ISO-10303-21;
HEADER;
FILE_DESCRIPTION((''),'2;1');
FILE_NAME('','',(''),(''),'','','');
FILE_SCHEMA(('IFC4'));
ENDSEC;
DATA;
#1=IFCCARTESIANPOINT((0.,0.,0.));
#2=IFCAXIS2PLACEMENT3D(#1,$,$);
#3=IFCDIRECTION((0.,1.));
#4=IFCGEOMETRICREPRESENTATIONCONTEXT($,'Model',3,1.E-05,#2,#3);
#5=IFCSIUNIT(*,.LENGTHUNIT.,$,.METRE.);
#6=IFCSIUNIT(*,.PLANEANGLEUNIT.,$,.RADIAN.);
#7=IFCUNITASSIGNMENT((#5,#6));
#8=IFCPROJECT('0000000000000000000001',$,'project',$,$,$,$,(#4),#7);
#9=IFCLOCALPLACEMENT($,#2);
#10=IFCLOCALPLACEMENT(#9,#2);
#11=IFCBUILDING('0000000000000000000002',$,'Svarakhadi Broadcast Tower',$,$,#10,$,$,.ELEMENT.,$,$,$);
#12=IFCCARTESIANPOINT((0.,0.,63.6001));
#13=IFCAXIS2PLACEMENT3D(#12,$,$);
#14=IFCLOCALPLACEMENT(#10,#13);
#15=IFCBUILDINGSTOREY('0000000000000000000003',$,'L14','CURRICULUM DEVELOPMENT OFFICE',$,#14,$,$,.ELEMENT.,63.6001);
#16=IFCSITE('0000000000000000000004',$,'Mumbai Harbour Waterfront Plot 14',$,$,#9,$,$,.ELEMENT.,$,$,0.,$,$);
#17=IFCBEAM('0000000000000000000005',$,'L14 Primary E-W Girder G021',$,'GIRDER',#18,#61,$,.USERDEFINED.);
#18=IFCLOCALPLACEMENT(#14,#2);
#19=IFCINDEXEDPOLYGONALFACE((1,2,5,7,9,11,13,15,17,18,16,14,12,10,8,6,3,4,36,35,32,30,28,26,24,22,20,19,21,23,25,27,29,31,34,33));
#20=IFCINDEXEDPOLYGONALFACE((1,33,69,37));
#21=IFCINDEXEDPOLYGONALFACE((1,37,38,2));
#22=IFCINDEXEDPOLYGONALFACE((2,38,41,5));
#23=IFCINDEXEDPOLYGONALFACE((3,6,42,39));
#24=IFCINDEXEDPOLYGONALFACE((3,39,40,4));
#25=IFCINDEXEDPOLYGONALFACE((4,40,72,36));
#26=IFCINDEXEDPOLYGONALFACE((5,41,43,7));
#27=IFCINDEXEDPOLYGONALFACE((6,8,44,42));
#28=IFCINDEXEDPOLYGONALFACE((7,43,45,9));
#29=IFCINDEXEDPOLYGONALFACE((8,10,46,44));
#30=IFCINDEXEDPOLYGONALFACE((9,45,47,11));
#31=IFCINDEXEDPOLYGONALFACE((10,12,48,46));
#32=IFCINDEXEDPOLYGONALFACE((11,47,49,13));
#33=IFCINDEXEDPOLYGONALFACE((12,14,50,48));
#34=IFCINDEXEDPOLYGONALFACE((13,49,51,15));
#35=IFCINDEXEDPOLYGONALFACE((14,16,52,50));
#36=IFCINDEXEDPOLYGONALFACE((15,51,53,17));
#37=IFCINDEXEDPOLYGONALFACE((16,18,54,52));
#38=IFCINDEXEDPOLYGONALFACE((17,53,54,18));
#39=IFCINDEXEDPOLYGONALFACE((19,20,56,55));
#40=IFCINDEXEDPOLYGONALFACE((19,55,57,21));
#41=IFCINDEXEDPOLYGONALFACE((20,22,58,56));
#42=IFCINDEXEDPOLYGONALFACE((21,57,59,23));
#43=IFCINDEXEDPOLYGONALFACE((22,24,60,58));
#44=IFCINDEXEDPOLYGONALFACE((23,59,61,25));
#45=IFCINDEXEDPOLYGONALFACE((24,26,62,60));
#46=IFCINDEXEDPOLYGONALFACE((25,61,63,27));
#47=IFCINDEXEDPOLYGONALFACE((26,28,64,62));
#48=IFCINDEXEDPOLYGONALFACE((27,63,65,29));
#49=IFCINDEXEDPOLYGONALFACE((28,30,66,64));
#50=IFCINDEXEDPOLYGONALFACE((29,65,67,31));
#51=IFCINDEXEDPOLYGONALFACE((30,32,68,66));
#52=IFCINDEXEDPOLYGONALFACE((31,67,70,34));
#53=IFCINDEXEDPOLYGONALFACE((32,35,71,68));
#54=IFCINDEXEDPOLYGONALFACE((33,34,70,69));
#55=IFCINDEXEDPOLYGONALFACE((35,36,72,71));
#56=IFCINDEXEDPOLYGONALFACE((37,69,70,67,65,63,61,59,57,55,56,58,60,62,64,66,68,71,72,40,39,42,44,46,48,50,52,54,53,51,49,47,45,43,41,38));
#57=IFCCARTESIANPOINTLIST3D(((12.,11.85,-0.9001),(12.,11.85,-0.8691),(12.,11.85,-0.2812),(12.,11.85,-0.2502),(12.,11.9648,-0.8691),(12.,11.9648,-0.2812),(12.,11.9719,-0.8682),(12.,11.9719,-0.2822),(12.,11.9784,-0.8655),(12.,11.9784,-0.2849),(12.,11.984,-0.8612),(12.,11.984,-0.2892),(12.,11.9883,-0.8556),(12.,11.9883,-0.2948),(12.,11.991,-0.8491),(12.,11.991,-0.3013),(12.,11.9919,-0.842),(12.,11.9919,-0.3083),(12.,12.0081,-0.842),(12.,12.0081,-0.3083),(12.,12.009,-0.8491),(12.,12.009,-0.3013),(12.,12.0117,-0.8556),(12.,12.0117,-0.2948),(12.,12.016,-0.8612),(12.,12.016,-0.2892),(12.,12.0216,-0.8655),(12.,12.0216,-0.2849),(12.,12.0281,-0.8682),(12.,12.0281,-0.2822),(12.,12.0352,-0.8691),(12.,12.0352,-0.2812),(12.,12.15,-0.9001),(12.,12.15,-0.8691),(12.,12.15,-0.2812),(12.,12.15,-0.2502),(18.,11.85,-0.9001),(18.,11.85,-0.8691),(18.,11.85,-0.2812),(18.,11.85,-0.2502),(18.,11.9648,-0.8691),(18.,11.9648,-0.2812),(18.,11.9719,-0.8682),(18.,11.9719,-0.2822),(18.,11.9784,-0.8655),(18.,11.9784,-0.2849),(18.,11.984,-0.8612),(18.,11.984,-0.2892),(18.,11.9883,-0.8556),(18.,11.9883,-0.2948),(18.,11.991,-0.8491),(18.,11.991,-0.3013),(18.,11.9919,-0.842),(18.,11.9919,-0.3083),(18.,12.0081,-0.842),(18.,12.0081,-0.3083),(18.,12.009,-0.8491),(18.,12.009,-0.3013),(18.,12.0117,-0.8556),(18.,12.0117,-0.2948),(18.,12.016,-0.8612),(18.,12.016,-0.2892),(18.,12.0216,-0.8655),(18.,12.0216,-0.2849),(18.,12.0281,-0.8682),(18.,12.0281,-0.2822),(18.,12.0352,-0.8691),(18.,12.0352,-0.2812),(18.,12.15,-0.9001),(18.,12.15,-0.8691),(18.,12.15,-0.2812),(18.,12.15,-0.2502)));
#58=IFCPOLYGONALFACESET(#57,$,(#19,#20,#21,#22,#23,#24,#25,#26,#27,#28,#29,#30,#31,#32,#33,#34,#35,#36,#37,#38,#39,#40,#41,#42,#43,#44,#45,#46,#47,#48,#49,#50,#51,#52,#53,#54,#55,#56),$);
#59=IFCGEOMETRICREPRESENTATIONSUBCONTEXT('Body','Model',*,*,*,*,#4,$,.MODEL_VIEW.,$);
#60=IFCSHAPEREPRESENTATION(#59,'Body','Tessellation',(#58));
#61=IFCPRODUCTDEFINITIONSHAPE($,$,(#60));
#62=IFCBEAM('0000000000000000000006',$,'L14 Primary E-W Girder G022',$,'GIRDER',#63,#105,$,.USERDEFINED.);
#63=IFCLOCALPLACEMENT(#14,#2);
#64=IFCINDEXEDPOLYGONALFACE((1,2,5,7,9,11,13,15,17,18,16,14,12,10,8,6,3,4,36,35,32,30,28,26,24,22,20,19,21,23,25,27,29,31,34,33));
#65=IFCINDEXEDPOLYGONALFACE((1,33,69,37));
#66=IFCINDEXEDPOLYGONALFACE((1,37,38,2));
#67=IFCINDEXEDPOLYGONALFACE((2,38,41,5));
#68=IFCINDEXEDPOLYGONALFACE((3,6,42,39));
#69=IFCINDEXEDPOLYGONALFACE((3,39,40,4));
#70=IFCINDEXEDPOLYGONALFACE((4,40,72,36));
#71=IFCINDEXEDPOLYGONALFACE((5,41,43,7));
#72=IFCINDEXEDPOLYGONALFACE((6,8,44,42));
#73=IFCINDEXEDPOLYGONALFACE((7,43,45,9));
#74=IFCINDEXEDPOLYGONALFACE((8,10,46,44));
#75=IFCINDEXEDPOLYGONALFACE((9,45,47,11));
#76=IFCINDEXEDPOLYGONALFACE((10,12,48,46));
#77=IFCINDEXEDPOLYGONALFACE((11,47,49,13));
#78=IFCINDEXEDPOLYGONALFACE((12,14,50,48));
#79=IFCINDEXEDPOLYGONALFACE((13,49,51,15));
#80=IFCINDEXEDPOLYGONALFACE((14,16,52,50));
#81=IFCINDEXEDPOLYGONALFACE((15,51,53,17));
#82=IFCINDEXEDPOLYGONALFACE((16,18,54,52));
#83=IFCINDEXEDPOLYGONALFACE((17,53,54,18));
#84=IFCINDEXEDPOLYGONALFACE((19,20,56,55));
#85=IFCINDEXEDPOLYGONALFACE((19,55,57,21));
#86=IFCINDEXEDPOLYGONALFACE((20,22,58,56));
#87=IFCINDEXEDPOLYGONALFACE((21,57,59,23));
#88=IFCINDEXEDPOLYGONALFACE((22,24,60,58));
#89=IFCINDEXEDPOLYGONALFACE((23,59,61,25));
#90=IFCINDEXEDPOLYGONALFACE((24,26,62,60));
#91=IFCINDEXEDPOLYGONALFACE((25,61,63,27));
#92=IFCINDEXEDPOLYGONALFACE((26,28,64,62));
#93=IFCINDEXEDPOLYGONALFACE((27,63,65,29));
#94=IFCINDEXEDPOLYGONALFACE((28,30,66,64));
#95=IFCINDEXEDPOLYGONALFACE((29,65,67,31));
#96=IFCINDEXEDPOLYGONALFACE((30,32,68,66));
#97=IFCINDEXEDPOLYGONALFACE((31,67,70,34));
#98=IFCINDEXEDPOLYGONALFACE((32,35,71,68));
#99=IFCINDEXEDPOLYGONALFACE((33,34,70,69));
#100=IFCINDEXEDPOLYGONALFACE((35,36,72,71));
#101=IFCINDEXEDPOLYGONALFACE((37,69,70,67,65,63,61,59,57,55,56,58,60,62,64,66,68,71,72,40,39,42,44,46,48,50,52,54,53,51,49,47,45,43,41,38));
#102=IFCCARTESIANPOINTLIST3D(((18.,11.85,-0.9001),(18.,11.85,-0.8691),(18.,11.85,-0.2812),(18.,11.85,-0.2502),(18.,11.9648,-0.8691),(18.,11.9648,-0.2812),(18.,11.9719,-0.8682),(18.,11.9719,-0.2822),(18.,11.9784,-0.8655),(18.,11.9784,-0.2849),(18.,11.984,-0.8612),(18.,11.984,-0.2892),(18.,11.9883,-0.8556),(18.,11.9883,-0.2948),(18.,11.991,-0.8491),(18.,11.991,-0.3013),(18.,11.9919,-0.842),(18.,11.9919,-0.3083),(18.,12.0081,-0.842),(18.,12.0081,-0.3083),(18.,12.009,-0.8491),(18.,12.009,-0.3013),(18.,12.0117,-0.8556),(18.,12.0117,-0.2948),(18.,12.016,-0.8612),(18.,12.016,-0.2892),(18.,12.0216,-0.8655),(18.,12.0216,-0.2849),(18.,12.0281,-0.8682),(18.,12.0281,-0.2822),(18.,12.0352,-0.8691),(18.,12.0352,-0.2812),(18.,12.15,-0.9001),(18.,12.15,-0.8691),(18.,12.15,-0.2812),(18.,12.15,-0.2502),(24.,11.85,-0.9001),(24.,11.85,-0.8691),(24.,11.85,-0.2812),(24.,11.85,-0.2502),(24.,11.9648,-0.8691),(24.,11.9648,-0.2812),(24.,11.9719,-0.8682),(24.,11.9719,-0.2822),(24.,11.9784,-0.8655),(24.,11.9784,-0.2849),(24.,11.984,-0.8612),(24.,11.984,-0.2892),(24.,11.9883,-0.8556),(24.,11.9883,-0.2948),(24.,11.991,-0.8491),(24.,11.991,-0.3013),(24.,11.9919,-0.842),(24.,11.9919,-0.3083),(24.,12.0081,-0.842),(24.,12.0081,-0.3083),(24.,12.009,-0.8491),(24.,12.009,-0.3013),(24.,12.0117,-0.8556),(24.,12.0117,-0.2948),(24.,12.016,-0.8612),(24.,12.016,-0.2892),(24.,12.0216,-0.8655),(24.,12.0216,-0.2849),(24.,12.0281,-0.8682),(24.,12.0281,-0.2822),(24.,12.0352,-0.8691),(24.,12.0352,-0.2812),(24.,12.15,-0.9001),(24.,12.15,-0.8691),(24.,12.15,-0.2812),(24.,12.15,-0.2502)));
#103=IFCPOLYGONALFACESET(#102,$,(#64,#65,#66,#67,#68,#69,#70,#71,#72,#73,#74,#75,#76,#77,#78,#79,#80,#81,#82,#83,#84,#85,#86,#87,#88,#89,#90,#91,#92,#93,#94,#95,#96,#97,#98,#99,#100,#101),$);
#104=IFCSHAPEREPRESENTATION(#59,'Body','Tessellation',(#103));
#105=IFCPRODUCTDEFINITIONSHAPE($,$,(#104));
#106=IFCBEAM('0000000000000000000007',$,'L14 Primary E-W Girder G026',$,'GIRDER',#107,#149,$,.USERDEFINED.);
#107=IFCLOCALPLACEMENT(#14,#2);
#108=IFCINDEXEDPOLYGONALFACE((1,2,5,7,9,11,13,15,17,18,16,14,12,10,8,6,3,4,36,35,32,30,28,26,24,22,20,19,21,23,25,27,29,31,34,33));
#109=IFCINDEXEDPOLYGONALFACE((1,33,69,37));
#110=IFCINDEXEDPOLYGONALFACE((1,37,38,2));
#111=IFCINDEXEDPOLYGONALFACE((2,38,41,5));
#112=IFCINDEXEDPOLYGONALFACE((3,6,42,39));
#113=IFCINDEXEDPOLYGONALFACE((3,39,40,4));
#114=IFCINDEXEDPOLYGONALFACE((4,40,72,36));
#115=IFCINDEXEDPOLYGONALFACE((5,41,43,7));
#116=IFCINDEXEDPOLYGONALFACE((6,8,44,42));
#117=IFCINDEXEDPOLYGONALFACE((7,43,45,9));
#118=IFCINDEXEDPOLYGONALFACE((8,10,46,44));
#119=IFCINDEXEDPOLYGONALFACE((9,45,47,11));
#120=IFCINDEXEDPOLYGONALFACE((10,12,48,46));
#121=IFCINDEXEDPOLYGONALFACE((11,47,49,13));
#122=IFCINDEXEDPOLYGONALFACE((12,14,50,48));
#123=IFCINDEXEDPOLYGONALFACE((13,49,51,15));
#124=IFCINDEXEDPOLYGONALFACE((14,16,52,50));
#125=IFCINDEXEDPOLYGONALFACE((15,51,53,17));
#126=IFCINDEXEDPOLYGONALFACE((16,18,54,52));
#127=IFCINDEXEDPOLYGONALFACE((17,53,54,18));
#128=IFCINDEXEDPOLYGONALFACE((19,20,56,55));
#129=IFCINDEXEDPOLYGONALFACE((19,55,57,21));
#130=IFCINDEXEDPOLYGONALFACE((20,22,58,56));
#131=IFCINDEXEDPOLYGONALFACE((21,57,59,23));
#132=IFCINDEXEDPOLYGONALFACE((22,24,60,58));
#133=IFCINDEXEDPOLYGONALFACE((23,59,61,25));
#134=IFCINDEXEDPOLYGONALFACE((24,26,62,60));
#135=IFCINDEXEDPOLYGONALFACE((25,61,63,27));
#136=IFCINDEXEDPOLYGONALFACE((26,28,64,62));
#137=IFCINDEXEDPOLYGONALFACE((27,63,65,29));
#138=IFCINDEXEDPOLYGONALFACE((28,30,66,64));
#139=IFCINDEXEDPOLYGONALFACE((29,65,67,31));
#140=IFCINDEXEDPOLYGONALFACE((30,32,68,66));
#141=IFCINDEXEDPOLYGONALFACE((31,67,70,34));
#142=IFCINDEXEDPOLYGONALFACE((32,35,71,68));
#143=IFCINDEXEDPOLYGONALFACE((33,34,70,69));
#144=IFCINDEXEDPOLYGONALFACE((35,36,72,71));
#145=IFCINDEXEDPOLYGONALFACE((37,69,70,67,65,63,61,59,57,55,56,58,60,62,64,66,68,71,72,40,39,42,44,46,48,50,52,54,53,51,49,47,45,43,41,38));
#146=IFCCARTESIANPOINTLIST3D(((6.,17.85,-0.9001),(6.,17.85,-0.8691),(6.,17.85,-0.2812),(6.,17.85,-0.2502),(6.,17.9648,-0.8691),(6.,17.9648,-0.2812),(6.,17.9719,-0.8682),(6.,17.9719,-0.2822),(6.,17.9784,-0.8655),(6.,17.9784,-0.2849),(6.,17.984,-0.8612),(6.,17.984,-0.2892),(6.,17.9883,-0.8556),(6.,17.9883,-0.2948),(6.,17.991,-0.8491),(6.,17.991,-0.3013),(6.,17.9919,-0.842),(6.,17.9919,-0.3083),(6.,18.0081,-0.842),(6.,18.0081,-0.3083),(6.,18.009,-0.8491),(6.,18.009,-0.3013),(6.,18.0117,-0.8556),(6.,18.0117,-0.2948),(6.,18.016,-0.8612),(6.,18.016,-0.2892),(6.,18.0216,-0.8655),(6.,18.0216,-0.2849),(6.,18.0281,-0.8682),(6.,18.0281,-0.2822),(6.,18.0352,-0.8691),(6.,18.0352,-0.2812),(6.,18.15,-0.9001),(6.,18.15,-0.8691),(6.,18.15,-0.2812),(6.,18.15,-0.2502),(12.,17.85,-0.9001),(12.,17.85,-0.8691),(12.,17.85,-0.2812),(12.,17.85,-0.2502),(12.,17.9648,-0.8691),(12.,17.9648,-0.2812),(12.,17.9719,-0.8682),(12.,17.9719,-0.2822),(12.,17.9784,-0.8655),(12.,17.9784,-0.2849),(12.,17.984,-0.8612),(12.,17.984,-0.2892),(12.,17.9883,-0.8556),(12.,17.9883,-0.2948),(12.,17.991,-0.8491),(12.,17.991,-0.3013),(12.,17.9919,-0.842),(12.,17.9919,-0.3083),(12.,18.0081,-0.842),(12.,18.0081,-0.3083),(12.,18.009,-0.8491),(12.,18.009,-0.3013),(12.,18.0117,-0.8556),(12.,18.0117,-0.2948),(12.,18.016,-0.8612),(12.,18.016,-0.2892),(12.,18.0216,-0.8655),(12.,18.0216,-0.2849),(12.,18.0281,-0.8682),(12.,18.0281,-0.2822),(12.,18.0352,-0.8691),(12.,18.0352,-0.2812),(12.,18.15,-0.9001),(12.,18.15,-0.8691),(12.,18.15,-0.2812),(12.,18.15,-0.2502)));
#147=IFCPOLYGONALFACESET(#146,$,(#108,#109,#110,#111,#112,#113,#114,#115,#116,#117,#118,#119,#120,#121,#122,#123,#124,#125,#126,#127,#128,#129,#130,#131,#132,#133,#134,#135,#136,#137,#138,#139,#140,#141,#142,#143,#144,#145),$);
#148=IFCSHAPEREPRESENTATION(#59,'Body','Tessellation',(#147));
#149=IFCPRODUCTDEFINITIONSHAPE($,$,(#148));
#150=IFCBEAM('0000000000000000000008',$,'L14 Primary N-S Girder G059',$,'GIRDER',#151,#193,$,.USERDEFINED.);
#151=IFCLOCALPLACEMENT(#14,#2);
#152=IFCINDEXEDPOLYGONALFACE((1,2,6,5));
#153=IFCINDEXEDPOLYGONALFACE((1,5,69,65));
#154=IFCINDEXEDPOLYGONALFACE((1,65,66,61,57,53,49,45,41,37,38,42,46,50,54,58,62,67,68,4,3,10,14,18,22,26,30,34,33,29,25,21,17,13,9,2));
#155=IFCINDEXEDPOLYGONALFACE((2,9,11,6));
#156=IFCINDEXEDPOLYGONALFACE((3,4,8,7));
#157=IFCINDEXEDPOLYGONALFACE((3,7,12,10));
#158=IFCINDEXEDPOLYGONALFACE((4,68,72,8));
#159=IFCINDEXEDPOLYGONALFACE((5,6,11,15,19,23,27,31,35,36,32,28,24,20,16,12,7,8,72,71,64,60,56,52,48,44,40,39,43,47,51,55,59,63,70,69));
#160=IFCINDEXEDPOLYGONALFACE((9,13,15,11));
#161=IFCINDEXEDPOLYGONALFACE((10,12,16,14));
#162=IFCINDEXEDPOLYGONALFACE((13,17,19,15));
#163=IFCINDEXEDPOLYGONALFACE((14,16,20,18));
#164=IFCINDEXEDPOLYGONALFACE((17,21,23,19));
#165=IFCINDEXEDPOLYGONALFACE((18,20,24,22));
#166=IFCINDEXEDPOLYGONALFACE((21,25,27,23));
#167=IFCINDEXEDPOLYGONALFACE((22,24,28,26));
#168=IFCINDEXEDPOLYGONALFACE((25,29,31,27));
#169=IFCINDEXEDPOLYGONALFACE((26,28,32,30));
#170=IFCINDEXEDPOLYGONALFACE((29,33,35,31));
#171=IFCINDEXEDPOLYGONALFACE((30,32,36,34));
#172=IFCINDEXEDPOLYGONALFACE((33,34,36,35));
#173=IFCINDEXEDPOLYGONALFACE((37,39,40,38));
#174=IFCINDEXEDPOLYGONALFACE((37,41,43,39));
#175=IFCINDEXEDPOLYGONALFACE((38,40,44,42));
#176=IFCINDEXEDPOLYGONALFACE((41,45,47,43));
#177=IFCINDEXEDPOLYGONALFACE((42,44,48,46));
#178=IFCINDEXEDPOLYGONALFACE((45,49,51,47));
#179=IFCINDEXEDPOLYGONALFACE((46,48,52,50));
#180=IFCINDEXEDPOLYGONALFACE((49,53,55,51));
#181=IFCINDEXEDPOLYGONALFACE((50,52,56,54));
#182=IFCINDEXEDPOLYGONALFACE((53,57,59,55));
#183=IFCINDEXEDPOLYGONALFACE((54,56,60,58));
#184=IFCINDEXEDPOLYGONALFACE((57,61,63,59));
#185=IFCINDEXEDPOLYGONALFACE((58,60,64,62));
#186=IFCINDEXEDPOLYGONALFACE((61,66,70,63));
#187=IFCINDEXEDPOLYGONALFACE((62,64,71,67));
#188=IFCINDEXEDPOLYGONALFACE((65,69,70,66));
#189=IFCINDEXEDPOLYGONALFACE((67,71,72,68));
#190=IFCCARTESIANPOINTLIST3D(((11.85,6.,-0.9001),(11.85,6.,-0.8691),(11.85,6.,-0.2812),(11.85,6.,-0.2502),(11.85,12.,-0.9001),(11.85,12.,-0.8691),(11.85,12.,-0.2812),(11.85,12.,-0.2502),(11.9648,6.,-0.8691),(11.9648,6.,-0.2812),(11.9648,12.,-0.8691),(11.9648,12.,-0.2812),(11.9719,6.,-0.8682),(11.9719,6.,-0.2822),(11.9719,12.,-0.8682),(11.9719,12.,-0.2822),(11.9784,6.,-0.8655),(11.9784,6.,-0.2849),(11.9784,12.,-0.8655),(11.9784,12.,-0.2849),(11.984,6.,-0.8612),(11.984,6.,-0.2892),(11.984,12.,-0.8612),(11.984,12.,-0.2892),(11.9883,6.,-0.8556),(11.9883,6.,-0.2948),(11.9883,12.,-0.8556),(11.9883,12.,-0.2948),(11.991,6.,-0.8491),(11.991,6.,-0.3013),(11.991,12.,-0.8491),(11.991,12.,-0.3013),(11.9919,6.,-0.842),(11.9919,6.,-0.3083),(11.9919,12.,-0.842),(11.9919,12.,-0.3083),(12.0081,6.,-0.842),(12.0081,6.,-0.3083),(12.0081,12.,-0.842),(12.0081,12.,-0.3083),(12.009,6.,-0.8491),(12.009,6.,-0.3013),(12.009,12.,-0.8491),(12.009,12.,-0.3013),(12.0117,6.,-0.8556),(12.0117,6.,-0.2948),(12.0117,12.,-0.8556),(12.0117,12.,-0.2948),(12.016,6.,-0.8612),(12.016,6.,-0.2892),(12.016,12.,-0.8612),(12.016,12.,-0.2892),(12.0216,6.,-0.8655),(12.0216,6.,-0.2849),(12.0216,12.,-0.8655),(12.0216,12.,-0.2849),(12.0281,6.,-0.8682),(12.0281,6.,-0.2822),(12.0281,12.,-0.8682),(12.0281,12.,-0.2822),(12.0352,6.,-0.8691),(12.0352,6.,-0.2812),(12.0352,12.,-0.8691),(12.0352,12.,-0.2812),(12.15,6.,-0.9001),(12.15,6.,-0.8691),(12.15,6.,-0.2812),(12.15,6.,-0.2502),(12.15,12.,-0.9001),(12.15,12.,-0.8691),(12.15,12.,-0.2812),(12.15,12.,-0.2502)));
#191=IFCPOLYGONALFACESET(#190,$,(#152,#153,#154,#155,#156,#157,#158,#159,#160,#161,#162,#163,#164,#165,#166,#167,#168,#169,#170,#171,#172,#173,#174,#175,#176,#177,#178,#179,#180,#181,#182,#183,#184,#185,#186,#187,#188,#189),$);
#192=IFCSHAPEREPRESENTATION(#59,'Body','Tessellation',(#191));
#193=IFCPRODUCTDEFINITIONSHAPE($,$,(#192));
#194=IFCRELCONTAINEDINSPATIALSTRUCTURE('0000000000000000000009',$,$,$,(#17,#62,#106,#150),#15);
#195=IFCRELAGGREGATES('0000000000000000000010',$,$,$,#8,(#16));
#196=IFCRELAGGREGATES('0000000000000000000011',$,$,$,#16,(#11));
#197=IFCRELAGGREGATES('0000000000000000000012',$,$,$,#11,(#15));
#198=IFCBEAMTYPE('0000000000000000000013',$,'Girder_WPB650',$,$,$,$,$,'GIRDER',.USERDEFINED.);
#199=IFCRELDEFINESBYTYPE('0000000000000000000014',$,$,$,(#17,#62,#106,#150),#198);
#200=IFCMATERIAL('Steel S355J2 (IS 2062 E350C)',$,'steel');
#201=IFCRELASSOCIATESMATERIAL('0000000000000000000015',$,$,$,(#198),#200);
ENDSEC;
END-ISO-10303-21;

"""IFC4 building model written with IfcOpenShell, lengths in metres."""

from ifc_helpers import new_model, si_unit, direction, frame, origin, origin_2d, place, context, subcontext, project, spatial, i_section, extrude, material, material_profile, profile_set, type_object, element, save


model = new_model("IFC4")

# Units and contexts
model_context = context("Model", 3, precision=1e-05, world=origin(), true_north=direction((0.0, 1.0)))
body_context = subcontext(model_context, "Body", "Model", "MODEL_VIEW")
ifc_project = project(units=[si_unit("LENGTHUNIT", "METRE"), si_unit("PLANEANGLEUNIT", "RADIAN")], contexts=[model_context])

# Site, building, storey
site_placement = place(None, origin())
site = spatial("IfcSite", under=ifc_project, at=site_placement, Name="Mumbai Harbour Waterfront Plot 14", CompositionType="ELEMENT", RefElevation=0.0)
building_placement = place(site_placement, origin())
building = spatial("IfcBuilding", under=site, at=building_placement, Name="Svarakhadi Broadcast Tower", CompositionType="ELEMENT")
storey_placement = place(building_placement, frame((0.0, 0.0, 63.6001)))
storey = spatial("IfcBuildingStorey", under=building, at=storey_placement, Name="L14", Description="CURRICULUM DEVELOPMENT OFFICE", CompositionType="ELEMENT", Elevation=63.6001)

# Beams
ifc_material_1 = material(Name="Steel S355J2 (IS 2062 E350C)", Category="steel")
ifc_material_profile_1 = material_profile(ifc_material_1, i_section(OverallWidth=0.3, OverallDepth=0.6499, WebThickness=0.0161, FlangeThickness=0.031, FilletRadius=0.0271, at=origin_2d()), Name="WPB 650x300x225")
ifc_profile_set_1 = profile_set([ifc_material_profile_1], Name="Steel S355J2 (IS 2062 E350C)")
beam_type_1 = type_object("IfcBeamType", Name="Girder_WPB650", ElementType="GIRDER", PredefinedType="USERDEFINED", material=ifc_profile_set_1)
for number, where, z_axis, x_axis, name in (
    (1, (12.0, 12.0, -0.5752), (1.0, 0.0, 0.0), (0.0, 1.0, 0.0), "L14 Primary E-W Girder G021"),
    (2, (18.0, 12.0, -0.5752), (1.0, 0.0, 0.0), (0.0, 1.0, 0.0), "L14 Primary E-W Girder G022"),
    (3, (6.0, 18.0, -0.5752), (1.0, 0.0, 0.0), (0.0, 1.0, 0.0), "L14 Primary E-W Girder G026"),
    (4, (12.0, 6.0, -0.5752), (0.0, 1.0, 0.0), (-1.0, 0.0, 0.0), "L14 Primary N-S Girder G059"),
):
    element("IfcBeam", number, at=place(storey_placement, frame(where, z_axis=z_axis, x_axis=x_axis)), inside=storey, type_object=beam_type_1, Name=name, ObjectType="GIRDER", PredefinedType="USERDEFINED", context=body_context, shape_type="SweptSolid", body=[
        extrude(i_section(OverallWidth=0.3, OverallDepth=0.6499, WebThickness=0.0161, FlangeThickness=0.031, FilletRadius=0.0271, at=origin_2d()), origin(), (0.0, 0.0, 1.0), 6.0),
    ])

save(model, "model.ifc")
